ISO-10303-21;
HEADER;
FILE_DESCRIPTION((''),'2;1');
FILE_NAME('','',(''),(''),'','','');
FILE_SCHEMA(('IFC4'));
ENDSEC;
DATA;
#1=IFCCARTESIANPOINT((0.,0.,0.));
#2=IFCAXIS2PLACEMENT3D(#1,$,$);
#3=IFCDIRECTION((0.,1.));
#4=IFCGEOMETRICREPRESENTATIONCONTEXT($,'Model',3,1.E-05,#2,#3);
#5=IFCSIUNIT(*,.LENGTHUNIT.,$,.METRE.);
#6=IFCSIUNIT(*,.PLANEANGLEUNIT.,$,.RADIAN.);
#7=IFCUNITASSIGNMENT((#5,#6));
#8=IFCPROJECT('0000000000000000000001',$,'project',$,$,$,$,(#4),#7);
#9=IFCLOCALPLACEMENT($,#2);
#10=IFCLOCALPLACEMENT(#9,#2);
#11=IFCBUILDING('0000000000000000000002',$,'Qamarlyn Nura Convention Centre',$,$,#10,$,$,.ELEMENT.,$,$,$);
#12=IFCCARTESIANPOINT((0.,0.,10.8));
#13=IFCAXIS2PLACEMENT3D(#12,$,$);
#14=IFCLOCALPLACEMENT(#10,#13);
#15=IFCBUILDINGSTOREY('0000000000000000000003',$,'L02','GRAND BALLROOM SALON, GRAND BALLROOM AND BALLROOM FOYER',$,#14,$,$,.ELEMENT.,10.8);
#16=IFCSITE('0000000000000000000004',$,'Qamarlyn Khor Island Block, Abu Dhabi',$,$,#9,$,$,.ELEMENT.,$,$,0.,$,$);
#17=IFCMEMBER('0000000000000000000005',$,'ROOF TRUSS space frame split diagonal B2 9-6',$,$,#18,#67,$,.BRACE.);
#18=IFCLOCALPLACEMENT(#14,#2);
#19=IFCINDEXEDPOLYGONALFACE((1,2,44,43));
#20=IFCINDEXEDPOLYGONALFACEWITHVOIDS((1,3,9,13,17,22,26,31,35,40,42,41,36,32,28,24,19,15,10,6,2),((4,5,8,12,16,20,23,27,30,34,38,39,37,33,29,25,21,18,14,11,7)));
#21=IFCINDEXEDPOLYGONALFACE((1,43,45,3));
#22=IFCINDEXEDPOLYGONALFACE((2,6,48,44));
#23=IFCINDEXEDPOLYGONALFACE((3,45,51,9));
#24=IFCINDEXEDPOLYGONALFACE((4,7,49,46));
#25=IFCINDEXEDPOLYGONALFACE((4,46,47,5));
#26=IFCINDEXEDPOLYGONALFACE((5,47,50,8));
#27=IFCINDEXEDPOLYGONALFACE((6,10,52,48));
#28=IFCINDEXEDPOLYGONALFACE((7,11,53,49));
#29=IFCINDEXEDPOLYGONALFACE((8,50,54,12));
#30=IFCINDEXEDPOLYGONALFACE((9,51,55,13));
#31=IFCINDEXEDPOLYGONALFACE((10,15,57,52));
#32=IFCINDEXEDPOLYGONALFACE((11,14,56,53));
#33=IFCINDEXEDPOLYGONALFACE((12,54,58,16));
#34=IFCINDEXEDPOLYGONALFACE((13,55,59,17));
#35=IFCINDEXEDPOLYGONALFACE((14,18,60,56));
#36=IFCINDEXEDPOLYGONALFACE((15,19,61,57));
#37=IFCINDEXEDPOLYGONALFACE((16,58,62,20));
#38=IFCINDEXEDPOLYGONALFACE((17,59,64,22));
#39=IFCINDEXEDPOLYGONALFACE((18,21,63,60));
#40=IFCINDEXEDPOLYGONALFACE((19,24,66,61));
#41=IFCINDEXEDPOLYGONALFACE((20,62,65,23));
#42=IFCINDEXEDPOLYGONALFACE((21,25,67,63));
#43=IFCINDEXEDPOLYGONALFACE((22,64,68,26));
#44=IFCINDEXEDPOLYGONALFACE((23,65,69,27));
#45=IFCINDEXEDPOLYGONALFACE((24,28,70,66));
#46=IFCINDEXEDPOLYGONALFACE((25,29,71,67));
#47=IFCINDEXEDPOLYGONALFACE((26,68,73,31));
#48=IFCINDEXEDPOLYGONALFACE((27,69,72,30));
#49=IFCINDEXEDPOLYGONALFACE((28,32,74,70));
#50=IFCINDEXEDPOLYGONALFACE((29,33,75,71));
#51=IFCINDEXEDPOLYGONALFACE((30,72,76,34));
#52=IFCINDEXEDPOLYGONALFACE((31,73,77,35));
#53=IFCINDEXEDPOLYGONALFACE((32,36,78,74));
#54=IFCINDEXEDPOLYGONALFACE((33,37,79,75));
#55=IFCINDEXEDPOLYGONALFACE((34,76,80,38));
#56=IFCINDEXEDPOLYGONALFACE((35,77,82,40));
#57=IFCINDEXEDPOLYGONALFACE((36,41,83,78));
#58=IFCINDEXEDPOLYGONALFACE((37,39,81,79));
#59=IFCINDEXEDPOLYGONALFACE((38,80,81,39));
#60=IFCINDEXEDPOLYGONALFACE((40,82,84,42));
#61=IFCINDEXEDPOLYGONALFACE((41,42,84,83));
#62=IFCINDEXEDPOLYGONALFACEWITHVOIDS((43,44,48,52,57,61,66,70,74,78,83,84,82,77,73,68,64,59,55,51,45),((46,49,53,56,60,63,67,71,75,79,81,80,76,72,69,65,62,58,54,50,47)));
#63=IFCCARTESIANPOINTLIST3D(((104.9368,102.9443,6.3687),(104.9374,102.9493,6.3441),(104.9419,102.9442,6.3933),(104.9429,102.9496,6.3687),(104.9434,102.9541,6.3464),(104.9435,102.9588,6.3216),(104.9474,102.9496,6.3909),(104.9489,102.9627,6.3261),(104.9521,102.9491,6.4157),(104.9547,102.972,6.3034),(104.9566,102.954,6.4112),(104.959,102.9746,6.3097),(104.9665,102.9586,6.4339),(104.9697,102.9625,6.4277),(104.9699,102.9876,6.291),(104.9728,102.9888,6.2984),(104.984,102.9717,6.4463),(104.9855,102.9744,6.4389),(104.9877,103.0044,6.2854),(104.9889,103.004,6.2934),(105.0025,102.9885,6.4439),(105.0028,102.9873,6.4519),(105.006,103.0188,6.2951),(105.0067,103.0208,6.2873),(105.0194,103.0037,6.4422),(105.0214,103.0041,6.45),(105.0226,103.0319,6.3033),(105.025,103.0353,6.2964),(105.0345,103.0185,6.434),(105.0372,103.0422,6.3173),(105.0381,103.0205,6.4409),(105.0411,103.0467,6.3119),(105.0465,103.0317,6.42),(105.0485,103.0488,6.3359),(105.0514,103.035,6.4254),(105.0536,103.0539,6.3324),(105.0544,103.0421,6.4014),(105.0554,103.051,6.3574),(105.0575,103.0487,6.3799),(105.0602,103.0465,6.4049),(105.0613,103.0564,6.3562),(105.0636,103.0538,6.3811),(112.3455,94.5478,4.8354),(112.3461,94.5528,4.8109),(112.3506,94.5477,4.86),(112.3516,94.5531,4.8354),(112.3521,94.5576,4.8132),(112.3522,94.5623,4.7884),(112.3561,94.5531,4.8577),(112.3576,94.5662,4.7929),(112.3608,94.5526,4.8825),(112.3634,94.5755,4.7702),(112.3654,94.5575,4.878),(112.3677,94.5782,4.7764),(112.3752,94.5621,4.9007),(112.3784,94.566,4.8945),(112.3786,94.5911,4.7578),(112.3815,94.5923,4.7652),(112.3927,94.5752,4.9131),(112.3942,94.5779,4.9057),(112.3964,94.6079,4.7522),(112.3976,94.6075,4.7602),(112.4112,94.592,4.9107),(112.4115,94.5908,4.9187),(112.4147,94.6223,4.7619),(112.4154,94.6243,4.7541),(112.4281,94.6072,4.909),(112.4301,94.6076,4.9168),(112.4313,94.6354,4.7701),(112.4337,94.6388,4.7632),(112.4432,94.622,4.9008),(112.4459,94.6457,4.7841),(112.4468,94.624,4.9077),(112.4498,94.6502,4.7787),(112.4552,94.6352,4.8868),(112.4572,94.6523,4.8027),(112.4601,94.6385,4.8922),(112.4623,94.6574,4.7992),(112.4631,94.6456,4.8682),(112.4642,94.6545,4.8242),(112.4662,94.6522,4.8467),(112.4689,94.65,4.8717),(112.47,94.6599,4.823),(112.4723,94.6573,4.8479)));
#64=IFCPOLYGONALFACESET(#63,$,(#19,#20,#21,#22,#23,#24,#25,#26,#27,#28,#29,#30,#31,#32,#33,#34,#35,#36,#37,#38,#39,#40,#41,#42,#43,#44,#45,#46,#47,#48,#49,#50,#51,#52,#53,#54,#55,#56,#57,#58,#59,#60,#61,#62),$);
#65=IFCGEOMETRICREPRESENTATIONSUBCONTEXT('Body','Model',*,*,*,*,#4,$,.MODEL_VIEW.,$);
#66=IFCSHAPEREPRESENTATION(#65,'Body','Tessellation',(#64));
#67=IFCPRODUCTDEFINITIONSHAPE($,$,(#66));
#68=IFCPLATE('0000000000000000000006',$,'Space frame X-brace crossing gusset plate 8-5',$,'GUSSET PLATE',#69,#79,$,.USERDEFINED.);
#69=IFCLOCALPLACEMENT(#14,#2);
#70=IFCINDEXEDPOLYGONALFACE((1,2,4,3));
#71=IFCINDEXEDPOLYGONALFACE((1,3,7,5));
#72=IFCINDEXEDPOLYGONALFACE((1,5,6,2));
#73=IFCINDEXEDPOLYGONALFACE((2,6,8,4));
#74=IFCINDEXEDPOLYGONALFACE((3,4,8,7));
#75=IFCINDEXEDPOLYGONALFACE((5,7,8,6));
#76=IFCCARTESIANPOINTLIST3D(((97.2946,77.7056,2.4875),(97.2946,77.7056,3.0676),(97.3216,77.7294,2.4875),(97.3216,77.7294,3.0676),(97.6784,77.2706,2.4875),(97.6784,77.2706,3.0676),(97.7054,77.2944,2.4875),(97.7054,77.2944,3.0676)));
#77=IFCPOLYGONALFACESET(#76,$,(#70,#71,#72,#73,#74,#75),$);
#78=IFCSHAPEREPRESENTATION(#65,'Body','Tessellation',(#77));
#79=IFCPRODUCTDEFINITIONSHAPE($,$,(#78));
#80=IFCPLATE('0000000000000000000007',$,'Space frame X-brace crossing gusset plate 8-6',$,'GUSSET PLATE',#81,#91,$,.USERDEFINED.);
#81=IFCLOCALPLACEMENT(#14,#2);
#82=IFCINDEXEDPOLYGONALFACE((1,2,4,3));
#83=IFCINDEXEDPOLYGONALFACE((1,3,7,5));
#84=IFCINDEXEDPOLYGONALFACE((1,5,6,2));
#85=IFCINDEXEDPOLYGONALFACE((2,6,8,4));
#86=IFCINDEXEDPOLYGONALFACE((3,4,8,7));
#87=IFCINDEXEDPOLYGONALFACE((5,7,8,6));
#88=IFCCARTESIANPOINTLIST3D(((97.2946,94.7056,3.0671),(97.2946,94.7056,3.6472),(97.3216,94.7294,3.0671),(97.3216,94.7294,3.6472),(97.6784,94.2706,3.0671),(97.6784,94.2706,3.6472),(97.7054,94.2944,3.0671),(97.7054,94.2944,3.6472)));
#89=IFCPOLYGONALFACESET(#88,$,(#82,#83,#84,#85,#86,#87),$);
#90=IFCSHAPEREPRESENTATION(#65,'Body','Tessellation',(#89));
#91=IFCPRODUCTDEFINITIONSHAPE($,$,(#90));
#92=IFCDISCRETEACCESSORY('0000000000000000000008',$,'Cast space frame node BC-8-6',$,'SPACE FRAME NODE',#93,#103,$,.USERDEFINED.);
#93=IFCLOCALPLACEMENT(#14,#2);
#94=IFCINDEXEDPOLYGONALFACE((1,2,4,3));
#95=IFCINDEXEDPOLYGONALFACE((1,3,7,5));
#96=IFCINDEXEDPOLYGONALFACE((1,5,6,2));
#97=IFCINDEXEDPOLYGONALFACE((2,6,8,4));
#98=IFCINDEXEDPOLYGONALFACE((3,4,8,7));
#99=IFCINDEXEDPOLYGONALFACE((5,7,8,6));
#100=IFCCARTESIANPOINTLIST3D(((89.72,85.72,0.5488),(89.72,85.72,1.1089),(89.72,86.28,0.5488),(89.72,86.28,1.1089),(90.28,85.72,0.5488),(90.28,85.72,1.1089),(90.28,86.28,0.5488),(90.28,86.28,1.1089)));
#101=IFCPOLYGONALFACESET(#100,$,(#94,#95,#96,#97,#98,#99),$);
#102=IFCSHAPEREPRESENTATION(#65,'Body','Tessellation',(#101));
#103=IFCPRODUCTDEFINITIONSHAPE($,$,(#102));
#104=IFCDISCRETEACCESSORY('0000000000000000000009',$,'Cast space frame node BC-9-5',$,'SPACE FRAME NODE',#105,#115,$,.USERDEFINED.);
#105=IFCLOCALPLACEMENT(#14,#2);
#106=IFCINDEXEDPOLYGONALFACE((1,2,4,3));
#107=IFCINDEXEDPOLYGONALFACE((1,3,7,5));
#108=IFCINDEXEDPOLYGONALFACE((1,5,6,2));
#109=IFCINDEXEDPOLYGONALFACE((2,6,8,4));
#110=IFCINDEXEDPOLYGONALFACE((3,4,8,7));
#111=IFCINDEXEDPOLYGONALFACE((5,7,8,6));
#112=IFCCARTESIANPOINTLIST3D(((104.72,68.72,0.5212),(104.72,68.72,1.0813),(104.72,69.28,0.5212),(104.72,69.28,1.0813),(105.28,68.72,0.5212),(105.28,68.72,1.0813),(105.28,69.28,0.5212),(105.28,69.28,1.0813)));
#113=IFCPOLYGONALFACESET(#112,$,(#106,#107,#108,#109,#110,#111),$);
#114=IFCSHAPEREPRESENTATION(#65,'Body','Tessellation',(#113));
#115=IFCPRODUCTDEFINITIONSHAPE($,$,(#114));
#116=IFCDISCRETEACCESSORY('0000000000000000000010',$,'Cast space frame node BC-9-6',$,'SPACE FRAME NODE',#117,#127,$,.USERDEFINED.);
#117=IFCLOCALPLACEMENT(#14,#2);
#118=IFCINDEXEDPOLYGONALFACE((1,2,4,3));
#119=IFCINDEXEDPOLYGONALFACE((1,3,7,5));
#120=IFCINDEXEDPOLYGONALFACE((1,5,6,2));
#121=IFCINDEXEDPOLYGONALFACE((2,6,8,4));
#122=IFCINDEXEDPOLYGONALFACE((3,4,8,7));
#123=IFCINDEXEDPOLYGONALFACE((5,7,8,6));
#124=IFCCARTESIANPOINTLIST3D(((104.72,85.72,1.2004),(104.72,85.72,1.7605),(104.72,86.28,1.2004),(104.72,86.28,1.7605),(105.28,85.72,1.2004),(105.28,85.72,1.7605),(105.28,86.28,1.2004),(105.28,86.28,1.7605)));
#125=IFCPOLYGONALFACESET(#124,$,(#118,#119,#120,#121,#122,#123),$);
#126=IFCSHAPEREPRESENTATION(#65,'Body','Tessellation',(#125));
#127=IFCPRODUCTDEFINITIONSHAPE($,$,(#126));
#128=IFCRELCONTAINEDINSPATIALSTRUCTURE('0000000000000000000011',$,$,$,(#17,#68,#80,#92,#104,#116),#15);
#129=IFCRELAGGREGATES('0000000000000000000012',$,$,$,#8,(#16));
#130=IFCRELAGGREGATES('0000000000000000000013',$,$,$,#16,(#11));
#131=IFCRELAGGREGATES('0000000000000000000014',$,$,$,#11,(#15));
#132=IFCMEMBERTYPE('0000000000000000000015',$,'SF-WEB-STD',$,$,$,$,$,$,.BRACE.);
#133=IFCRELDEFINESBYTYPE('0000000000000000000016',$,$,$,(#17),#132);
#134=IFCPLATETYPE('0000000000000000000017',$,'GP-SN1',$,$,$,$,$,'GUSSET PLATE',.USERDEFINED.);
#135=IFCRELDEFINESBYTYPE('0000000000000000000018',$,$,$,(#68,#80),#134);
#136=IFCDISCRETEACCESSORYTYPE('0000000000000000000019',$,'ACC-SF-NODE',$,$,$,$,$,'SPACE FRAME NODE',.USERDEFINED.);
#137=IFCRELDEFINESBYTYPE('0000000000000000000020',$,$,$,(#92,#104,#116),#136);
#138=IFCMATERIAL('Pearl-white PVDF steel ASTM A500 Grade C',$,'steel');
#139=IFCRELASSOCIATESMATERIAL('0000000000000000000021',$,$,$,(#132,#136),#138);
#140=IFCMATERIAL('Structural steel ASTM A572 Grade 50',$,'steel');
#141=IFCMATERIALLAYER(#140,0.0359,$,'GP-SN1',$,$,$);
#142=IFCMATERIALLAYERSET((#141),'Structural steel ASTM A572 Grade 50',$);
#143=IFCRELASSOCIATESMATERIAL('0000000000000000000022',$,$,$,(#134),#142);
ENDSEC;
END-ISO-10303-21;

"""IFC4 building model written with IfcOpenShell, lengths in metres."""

from ifc_helpers import new_model, si_unit, direction, frame, origin, origin_2d, place, context, subcontext, project, spatial, rectangle, hollow_circle, extrude, material, layer, layer_set, material_profile, profile_set, type_object, element, save


model = new_model("IFC4")

# Units and contexts
model_context = context("Model", 3, precision=1e-05, world=origin(), true_north=direction((0.0, 1.0)))
body_context = subcontext(model_context, "Body", "Model", "MODEL_VIEW")
ifc_project = project(units=[si_unit("LENGTHUNIT", "METRE"), si_unit("PLANEANGLEUNIT", "RADIAN")], contexts=[model_context])

# Site, building, storey
site_placement = place(None, origin())
site = spatial("IfcSite", under=ifc_project, at=site_placement, Name="Qamarlyn Khor Island Block, Abu Dhabi", CompositionType="ELEMENT", RefElevation=0.0)
building_placement = place(site_placement, origin())
building = spatial("IfcBuilding", under=site, at=building_placement, Name="Qamarlyn Nura Convention Centre", CompositionType="ELEMENT")
storey_placement = place(building_placement, frame((0.0, 0.0, 10.8)))
storey = spatial("IfcBuildingStorey", under=building, at=storey_placement, Name="L02", Description="GRAND BALLROOM SALON, GRAND BALLROOM AND BALLROOM FOYER", CompositionType="ELEMENT", Elevation=10.8)

# Member
ifc_material_1 = material(Name="Pearl-white PVDF steel ASTM A500 Grade C", Category="steel")
ifc_material_profile_1 = material_profile(ifc_material_1, hollow_circle(Radius=0.0842, WallThickness=0.0081, at=origin_2d()), Name="CHS168.3X8")
ifc_profile_set_1 = profile_set([ifc_material_profile_1], Name="Pearl-white PVDF steel ASTM A500 Grade C")
member_type_1 = type_object("IfcMemberType", Name="SF-WEB-STD", PredefinedType="BRACE", material=ifc_profile_set_1)
member_1_placement = place(storey_placement, frame((112.4087, 94.6035, 4.8354), z_axis=(-0.655507, 0.742905, 0.135655), x_axis=(-0.749837, -0.661623, 0.0)))
element("IfcMember", 1, at=member_1_placement, inside=storey, type_object=member_type_1, Name="ROOF TRUSS space frame split diagonal B2 9-6", PredefinedType="BRACE", context=body_context, shape_type="SweptSolid", body=[
    extrude(hollow_circle(Radius=0.0842, WallThickness=0.0081, at=origin_2d()), origin(), (0.0, 0.0, 1.0), 11.3022),
])

# Plates
ifc_material_2 = material(Name="Structural steel ASTM A572 Grade 50", Category="steel")
ifc_layer = layer(ifc_material_2, 0.0359, Name="GP-SN1")
ifc_layer_set = layer_set([ifc_layer], Name="Structural steel ASTM A572 Grade 50")
plate_type = type_object("IfcPlateType", Name="GP-SN1", ElementType="GUSSET PLATE", PredefinedType="USERDEFINED", material=ifc_layer_set)
for number, where, z_axis, x_axis, name in (
    (2, (97.5, 77.5, 2.4875), (0.0, 0.0, 1.0), (-0.661622, 0.749837, 0.0), "Space frame X-brace crossing gusset plate 8-5"),
    (3, (97.5, 94.5, 3.0671), (0.0, 0.0, 1.0), (-0.661622, 0.749837, 0.0), "Space frame X-brace crossing gusset plate 8-6"),
):
    element("IfcPlate", number, at=place(storey_placement, frame(where, z_axis=z_axis, x_axis=x_axis)), inside=storey, type_object=plate_type, Name=name, ObjectType="GUSSET PLATE", PredefinedType="USERDEFINED", context=body_context, shape_type="SweptSolid", body=[
        extrude(rectangle(XDim=0.5801, YDim=0.0359, at=origin_2d()), origin(), (0.0, 0.0, 1.0), 0.5801),
    ])

# Discrete accessories
discrete_accessory_type = type_object("IfcDiscreteAccessoryType", Name="ACC-SF-NODE", ElementType="SPACE FRAME NODE", PredefinedType="USERDEFINED", material=ifc_material_1)
for number, where, z_axis, x_axis, name in (
    (4, (90.0, 86.0, 0.5488), (0.0, 0.0, 1.0), (1.0, 0.0, 0.0), "Cast space frame node BC-8-6"),
    (5, (105.0, 69.0, 0.5212), (0.0, 0.0, 1.0), (1.0, 0.0, 0.0), "Cast space frame node BC-9-5"),
    (6, (105.0, 86.0, 1.2004), (0.0, 0.0, 1.0), (1.0, 0.0, 0.0), "Cast space frame node BC-9-6"),
):
    element("IfcDiscreteAccessory", number, at=place(storey_placement, frame(where, z_axis=z_axis, x_axis=x_axis)), inside=storey, type_object=discrete_accessory_type, Name=name, ObjectType="SPACE FRAME NODE", PredefinedType="USERDEFINED", context=body_context, shape_type="SweptSolid", body=[
        extrude(rectangle(XDim=0.5601, YDim=0.5601, at=origin_2d()), origin(), (0.0, 0.0, 1.0), 0.5601),
    ])

save(model, "model.ifc")
